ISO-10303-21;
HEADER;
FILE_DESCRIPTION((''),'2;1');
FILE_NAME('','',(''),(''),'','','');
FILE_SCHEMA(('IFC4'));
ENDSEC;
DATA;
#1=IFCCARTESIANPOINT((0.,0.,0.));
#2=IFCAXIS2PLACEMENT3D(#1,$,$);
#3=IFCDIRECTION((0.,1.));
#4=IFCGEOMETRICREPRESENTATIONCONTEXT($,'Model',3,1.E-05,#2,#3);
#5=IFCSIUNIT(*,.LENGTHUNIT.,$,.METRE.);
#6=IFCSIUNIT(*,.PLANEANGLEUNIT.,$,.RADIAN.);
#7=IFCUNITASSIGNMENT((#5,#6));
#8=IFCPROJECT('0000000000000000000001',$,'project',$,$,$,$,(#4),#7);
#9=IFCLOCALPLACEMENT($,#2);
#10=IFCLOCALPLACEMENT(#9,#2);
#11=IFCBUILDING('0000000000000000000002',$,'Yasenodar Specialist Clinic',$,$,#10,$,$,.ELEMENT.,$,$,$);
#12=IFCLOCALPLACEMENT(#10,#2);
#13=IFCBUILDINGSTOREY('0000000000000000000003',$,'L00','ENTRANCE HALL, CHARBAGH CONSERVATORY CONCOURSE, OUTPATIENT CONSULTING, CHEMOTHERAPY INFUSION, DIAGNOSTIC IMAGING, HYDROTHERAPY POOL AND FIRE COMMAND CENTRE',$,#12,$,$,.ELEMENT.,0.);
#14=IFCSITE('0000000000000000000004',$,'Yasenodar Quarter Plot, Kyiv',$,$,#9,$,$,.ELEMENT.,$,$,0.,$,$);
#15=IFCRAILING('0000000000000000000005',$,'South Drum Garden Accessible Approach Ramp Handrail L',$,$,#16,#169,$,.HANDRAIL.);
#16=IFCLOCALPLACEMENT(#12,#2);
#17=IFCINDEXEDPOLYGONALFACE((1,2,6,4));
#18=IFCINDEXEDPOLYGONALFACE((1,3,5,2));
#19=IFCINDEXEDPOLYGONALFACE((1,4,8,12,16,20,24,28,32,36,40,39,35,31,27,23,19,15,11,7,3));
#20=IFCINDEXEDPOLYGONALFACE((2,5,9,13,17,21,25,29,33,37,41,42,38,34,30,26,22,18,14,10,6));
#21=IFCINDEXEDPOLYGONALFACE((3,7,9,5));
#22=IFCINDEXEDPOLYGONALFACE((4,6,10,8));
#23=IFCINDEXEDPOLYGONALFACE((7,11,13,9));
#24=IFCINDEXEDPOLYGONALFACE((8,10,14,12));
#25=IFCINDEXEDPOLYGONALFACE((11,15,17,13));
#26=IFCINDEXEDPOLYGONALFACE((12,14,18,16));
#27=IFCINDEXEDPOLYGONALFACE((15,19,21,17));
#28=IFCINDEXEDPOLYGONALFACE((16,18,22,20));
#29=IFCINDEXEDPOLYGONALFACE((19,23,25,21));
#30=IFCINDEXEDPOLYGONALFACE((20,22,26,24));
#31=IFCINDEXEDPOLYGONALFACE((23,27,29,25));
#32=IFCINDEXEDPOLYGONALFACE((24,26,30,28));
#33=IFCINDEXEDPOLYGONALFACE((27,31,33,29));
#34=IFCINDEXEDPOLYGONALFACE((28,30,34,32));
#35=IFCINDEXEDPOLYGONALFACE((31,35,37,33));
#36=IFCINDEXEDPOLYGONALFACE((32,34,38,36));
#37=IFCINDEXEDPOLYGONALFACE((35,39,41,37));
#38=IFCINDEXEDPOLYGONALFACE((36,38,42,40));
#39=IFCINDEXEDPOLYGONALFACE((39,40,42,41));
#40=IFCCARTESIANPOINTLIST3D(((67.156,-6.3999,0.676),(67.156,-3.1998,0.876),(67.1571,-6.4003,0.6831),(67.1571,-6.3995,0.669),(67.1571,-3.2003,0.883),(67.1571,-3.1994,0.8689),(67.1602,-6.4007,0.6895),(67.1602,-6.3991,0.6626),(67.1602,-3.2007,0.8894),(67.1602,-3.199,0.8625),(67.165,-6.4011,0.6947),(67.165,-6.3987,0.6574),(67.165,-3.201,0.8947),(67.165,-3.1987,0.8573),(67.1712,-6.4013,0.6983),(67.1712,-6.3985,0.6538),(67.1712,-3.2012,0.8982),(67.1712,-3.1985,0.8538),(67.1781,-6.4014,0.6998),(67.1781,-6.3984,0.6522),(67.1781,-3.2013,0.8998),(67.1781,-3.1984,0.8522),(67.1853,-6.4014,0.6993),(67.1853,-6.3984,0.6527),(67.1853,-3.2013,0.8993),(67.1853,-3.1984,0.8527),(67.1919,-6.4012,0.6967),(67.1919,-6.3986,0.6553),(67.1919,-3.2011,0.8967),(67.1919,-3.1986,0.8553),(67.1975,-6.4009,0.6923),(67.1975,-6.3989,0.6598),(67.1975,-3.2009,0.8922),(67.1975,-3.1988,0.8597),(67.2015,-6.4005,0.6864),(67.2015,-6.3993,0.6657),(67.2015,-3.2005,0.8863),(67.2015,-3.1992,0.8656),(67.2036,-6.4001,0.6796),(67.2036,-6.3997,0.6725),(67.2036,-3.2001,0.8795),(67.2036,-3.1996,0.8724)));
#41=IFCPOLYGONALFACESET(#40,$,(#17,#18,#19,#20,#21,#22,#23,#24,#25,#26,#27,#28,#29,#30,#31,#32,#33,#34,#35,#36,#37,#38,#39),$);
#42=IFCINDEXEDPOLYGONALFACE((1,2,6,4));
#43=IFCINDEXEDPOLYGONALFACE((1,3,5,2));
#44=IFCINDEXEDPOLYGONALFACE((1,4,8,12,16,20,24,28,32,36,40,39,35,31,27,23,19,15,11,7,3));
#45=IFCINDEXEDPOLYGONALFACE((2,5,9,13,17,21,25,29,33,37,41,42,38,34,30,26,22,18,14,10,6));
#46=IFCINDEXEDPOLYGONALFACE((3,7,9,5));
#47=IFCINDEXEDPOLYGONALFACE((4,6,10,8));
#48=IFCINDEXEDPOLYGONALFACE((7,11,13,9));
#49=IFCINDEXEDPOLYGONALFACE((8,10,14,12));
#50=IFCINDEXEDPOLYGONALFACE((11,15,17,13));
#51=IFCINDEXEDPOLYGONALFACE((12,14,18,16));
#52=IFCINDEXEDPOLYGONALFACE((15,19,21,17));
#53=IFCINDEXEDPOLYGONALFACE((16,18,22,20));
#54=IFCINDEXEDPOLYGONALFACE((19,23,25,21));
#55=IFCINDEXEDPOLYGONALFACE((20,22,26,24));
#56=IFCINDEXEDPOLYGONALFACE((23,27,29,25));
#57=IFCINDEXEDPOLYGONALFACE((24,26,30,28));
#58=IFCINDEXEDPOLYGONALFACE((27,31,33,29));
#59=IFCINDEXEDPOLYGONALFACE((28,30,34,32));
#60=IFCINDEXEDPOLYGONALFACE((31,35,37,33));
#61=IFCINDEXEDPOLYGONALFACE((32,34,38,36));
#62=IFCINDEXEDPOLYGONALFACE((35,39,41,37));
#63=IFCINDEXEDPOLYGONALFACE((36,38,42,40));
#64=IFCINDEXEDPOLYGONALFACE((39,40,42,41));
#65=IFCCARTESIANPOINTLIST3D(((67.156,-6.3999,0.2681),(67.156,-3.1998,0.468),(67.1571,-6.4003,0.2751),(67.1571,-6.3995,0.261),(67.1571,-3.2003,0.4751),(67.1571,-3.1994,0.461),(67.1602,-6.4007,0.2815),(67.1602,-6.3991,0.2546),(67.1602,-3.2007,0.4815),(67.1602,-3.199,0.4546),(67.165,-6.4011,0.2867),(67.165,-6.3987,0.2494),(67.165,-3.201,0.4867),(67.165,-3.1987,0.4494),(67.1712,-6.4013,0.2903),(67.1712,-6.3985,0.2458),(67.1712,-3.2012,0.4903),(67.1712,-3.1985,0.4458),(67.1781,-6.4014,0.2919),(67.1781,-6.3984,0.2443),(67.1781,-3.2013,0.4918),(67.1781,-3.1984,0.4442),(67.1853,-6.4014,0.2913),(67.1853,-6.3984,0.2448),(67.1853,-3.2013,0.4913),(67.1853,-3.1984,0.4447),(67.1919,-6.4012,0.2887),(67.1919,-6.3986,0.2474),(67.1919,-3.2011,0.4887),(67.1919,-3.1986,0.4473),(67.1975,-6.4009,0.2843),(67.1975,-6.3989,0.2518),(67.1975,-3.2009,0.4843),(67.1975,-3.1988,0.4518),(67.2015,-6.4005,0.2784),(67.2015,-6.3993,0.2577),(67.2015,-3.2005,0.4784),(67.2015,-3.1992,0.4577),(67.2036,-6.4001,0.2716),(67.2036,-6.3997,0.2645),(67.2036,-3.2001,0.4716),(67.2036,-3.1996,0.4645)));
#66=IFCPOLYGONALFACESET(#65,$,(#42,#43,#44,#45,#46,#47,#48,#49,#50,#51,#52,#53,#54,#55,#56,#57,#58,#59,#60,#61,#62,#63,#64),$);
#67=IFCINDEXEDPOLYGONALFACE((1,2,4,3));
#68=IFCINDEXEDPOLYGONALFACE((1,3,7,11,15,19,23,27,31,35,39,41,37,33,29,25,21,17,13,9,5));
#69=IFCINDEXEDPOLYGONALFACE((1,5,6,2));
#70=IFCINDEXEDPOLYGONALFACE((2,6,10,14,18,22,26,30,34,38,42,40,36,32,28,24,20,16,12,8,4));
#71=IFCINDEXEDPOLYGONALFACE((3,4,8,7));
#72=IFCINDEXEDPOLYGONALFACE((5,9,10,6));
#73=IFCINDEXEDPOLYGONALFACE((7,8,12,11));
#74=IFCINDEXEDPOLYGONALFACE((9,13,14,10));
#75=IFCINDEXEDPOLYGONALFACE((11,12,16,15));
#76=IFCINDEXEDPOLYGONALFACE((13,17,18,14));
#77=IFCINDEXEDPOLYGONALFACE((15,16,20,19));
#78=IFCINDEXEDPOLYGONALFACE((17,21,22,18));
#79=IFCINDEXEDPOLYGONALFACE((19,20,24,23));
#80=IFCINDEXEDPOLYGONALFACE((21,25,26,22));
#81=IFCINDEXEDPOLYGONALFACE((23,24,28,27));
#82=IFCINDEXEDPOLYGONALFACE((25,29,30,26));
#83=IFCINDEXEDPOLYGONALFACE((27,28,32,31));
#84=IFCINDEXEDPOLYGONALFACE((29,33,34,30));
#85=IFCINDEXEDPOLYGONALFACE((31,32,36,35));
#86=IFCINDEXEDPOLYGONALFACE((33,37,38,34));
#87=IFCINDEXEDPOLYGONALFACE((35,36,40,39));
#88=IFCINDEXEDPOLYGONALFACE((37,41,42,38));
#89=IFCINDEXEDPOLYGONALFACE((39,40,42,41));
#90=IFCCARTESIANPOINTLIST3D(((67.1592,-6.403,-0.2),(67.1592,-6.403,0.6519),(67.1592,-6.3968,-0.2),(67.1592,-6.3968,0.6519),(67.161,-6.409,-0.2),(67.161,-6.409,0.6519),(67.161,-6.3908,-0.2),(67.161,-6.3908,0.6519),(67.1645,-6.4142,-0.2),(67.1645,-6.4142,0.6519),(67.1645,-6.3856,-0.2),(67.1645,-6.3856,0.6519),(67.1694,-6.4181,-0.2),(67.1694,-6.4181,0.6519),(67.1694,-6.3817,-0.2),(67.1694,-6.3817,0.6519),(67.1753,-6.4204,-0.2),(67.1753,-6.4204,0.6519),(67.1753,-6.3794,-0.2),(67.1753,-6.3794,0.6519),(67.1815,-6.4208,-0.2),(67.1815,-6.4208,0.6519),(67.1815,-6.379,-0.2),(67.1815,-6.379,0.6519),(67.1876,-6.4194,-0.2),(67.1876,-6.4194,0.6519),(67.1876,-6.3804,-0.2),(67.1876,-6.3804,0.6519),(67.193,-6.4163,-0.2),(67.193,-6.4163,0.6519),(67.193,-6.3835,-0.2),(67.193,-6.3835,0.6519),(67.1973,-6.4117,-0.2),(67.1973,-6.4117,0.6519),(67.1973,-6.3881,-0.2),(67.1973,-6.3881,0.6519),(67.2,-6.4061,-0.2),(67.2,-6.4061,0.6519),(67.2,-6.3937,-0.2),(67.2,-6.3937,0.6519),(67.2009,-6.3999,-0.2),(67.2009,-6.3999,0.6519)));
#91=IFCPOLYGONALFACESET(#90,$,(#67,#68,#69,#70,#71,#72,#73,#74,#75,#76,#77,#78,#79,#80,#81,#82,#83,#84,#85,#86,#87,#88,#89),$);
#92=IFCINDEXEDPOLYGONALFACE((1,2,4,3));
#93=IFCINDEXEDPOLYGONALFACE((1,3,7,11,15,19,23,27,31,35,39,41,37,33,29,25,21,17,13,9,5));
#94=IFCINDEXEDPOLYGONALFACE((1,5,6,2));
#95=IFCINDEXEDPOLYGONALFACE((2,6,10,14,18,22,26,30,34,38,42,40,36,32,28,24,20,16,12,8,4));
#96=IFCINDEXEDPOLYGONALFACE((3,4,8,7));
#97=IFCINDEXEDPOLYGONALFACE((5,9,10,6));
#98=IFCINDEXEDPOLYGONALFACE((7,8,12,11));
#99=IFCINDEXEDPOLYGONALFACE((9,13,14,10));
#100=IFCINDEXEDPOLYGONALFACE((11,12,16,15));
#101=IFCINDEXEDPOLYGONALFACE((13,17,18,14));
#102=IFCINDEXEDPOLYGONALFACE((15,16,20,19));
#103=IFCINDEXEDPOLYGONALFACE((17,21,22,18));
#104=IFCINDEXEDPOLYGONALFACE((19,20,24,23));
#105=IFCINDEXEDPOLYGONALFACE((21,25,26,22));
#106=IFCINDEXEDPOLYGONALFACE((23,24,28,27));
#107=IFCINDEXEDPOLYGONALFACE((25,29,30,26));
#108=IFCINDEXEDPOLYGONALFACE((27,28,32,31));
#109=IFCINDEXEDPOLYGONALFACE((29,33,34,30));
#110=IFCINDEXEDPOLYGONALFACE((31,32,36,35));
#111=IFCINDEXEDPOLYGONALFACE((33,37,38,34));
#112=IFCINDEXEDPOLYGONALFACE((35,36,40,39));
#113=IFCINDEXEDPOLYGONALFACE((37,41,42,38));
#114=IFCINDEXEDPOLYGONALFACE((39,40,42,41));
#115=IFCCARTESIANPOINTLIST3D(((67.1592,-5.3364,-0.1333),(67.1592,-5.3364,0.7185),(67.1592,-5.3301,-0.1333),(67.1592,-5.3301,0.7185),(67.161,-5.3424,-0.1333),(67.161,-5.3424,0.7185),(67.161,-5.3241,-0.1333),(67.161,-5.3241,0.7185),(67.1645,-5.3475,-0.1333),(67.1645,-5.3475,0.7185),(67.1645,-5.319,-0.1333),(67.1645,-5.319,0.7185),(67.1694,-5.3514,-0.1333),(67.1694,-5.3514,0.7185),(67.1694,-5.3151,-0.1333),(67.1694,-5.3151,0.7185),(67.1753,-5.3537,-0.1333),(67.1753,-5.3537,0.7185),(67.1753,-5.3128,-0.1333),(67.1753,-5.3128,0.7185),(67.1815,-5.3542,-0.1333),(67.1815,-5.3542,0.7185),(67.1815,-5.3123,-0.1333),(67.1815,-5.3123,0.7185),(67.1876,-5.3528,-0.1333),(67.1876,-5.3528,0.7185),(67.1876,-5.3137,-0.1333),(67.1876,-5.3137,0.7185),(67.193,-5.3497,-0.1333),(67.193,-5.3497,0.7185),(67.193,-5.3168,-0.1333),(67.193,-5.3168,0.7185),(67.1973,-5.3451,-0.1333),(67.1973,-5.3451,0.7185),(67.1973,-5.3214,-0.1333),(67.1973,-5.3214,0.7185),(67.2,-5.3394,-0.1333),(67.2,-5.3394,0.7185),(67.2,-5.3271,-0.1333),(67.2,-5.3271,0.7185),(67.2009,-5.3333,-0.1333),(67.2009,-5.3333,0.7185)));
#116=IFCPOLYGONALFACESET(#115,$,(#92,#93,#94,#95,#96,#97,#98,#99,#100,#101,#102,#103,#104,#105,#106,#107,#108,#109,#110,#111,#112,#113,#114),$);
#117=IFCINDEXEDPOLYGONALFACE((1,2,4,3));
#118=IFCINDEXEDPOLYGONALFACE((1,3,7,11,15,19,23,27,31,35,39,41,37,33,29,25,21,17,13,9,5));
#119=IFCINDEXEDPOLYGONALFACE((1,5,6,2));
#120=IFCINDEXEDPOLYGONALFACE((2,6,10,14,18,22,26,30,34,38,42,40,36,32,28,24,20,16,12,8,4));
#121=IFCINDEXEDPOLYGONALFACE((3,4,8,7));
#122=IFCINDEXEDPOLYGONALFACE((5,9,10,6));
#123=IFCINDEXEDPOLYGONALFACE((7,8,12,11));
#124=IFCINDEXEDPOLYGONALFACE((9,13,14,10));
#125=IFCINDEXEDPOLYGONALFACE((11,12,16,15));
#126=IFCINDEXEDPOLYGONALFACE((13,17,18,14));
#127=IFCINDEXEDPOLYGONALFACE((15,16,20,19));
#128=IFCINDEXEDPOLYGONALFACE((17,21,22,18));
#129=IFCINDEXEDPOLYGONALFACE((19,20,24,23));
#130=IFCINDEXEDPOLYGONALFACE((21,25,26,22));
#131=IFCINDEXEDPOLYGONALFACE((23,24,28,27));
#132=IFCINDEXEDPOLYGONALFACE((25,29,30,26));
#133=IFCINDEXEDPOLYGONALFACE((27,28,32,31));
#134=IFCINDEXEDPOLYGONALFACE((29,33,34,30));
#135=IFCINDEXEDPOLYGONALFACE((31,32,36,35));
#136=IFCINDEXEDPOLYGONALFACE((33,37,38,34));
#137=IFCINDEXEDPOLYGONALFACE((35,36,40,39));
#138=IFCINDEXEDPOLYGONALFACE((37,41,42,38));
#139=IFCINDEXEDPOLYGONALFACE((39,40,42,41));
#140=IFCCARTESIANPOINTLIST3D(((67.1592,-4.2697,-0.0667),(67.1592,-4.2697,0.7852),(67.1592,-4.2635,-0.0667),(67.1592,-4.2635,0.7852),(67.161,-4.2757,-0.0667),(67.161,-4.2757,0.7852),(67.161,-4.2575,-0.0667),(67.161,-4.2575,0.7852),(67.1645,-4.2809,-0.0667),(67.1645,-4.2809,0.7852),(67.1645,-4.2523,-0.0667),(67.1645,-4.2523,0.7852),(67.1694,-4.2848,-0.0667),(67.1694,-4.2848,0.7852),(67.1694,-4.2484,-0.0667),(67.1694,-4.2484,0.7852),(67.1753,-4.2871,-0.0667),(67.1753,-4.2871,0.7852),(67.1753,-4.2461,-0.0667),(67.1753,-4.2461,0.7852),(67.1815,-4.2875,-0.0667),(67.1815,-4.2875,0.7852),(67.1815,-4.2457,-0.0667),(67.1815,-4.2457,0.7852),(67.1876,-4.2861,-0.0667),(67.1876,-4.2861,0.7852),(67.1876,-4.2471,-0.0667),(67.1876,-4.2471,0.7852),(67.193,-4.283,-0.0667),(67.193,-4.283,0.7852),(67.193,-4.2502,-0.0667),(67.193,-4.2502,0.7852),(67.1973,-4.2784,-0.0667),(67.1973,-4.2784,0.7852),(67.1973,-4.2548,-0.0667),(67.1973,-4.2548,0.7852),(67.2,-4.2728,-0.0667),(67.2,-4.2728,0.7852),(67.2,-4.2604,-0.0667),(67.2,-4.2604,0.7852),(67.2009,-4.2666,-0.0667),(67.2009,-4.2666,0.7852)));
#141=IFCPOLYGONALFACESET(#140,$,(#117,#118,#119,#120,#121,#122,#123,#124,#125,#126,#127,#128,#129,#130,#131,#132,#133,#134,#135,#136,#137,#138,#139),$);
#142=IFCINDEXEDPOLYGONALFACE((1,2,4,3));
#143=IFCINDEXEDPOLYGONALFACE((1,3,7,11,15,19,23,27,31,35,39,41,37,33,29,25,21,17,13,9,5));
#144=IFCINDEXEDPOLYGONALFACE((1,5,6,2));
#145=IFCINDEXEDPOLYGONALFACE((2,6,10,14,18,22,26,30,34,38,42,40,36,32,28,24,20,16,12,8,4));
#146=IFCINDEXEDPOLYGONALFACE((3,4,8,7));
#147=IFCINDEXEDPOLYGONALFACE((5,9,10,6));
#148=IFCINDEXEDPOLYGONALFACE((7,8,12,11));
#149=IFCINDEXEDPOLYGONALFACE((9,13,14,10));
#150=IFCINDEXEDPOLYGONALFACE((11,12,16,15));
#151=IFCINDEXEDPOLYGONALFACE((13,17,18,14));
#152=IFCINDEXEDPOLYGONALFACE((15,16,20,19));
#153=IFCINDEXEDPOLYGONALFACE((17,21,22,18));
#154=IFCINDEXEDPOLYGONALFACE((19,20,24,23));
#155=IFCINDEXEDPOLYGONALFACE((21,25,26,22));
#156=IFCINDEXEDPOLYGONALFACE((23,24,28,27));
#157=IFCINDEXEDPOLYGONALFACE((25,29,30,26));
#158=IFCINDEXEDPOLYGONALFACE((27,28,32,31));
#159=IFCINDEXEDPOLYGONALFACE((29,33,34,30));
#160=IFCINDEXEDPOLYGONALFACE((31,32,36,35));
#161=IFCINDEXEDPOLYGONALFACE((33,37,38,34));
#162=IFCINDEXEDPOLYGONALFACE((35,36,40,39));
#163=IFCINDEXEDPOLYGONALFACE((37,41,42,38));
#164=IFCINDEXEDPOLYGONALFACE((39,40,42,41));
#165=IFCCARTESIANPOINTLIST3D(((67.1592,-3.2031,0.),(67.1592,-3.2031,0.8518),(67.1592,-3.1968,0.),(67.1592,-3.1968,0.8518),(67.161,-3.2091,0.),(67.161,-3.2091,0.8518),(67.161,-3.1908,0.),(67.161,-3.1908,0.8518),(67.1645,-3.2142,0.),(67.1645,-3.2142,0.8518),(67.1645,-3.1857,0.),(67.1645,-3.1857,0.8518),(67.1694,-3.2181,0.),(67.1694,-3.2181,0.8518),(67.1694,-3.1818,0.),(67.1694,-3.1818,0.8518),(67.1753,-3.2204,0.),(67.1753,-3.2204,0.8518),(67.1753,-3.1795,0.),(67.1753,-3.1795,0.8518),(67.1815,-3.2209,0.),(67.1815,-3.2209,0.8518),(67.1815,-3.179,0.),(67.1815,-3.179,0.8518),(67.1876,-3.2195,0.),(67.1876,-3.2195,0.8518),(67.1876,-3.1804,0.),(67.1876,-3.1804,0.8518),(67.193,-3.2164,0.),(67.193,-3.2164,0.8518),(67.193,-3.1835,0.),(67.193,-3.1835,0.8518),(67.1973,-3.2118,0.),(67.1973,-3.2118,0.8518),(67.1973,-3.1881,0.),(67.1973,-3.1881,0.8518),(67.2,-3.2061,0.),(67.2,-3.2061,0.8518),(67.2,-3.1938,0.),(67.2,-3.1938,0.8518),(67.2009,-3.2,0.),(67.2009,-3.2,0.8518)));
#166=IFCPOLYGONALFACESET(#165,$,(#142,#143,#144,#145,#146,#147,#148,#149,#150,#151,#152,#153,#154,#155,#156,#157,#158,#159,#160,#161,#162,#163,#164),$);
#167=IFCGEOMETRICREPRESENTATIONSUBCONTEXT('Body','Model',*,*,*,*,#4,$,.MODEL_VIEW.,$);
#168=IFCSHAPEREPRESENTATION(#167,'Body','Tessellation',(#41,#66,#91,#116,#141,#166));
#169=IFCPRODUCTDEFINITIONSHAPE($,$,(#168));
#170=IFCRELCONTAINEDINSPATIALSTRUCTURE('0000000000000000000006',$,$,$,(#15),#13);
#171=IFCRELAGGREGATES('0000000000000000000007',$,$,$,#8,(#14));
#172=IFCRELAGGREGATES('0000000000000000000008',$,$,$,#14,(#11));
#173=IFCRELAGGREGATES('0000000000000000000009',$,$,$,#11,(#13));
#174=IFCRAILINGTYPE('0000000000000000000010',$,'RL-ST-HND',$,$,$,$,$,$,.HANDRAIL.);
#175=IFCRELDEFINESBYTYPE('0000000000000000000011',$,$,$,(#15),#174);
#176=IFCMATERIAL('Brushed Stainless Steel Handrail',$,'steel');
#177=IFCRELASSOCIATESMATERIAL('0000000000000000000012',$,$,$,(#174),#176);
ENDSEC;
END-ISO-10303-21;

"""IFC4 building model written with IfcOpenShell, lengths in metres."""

from ifc_helpers import new_model, si_unit, direction, frame, origin, origin_2d, place, context, subcontext, project, spatial, circle, extrude, material, type_object, element, save


model = new_model("IFC4")

# Units and contexts
model_context = context("Model", 3, precision=1e-05, world=origin(), true_north=direction((0.0, 1.0)))
body_context = subcontext(model_context, "Body", "Model", "MODEL_VIEW")
ifc_project = project(units=[si_unit("LENGTHUNIT", "METRE"), si_unit("PLANEANGLEUNIT", "RADIAN")], contexts=[model_context])

# Site, building, storey
site_placement = place(None, origin())
site = spatial("IfcSite", under=ifc_project, at=site_placement, Name="Yasenodar Quarter Plot, Kyiv", CompositionType="ELEMENT", RefElevation=0.0)
building_placement = place(site_placement, origin())
building = spatial("IfcBuilding", under=site, at=building_placement, Name="Yasenodar Specialist Clinic", CompositionType="ELEMENT")
storey_placement = place(building_placement, origin())
storey = spatial("IfcBuildingStorey", under=building, at=storey_placement, Name="L00", Description="ENTRANCE HALL, CHARBAGH CONSERVATORY CONCOURSE, OUTPATIENT CONSULTING, CHEMOTHERAPY INFUSION, DIAGNOSTIC IMAGING, HYDROTHERAPY POOL AND FIRE COMMAND CENTRE", CompositionType="ELEMENT", Elevation=0.0)

# Railing
ifc_material_1 = material(Name="Brushed Stainless Steel Handrail", Category="steel")
railing_type = type_object("IfcRailingType", Name="RL-ST-HND", PredefinedType="HANDRAIL", material=ifc_material_1)
for number, where, name in (
    (1, (67.1799, -6.3999, -0.2), "South Drum Garden Accessible Approach Ramp Handrail L"),
):
    element("IfcRailing", number, at=place(storey_placement, frame(where)), inside=storey, type_object=railing_type, Name=name, PredefinedType="HANDRAIL", context=body_context, shape_type="SweptSolid", body=[
        extrude(circle(Radius=0.0239, at=origin_2d()), frame((0.0, 0.0, 0.876), z_axis=(0.0, 0.998053, 0.062364), x_axis=(-1.0, 0.0, 0.0)), (0.0, 0.0, 1.0), 3.2063),
        extrude(circle(Radius=0.0239, at=origin_2d()), frame((0.0, 0.0, 0.468), z_axis=(0.0, 0.998053, 0.062364), x_axis=(-1.0, 0.0, 0.0)), (0.0, 0.0, 1.0), 3.2063),
        extrude(circle(Radius=0.021, at=origin_2d()), origin(), (0.0, 0.0, 1.0), 0.8518),
        extrude(circle(Radius=0.021, at=origin_2d()), frame((0.0, 1.0667, 0.0667)), (0.0, 0.0, 1.0), 0.8518),
        extrude(circle(Radius=0.021, at=origin_2d()), frame((0.0, 2.1333, 0.1333)), (0.0, 0.0, 1.0), 0.8518),
        extrude(circle(Radius=0.021, at=origin_2d()), frame((0.0, 3.2, 0.2)), (0.0, 0.0, 1.0), 0.8518),
    ])

save(model, "model.ifc")
